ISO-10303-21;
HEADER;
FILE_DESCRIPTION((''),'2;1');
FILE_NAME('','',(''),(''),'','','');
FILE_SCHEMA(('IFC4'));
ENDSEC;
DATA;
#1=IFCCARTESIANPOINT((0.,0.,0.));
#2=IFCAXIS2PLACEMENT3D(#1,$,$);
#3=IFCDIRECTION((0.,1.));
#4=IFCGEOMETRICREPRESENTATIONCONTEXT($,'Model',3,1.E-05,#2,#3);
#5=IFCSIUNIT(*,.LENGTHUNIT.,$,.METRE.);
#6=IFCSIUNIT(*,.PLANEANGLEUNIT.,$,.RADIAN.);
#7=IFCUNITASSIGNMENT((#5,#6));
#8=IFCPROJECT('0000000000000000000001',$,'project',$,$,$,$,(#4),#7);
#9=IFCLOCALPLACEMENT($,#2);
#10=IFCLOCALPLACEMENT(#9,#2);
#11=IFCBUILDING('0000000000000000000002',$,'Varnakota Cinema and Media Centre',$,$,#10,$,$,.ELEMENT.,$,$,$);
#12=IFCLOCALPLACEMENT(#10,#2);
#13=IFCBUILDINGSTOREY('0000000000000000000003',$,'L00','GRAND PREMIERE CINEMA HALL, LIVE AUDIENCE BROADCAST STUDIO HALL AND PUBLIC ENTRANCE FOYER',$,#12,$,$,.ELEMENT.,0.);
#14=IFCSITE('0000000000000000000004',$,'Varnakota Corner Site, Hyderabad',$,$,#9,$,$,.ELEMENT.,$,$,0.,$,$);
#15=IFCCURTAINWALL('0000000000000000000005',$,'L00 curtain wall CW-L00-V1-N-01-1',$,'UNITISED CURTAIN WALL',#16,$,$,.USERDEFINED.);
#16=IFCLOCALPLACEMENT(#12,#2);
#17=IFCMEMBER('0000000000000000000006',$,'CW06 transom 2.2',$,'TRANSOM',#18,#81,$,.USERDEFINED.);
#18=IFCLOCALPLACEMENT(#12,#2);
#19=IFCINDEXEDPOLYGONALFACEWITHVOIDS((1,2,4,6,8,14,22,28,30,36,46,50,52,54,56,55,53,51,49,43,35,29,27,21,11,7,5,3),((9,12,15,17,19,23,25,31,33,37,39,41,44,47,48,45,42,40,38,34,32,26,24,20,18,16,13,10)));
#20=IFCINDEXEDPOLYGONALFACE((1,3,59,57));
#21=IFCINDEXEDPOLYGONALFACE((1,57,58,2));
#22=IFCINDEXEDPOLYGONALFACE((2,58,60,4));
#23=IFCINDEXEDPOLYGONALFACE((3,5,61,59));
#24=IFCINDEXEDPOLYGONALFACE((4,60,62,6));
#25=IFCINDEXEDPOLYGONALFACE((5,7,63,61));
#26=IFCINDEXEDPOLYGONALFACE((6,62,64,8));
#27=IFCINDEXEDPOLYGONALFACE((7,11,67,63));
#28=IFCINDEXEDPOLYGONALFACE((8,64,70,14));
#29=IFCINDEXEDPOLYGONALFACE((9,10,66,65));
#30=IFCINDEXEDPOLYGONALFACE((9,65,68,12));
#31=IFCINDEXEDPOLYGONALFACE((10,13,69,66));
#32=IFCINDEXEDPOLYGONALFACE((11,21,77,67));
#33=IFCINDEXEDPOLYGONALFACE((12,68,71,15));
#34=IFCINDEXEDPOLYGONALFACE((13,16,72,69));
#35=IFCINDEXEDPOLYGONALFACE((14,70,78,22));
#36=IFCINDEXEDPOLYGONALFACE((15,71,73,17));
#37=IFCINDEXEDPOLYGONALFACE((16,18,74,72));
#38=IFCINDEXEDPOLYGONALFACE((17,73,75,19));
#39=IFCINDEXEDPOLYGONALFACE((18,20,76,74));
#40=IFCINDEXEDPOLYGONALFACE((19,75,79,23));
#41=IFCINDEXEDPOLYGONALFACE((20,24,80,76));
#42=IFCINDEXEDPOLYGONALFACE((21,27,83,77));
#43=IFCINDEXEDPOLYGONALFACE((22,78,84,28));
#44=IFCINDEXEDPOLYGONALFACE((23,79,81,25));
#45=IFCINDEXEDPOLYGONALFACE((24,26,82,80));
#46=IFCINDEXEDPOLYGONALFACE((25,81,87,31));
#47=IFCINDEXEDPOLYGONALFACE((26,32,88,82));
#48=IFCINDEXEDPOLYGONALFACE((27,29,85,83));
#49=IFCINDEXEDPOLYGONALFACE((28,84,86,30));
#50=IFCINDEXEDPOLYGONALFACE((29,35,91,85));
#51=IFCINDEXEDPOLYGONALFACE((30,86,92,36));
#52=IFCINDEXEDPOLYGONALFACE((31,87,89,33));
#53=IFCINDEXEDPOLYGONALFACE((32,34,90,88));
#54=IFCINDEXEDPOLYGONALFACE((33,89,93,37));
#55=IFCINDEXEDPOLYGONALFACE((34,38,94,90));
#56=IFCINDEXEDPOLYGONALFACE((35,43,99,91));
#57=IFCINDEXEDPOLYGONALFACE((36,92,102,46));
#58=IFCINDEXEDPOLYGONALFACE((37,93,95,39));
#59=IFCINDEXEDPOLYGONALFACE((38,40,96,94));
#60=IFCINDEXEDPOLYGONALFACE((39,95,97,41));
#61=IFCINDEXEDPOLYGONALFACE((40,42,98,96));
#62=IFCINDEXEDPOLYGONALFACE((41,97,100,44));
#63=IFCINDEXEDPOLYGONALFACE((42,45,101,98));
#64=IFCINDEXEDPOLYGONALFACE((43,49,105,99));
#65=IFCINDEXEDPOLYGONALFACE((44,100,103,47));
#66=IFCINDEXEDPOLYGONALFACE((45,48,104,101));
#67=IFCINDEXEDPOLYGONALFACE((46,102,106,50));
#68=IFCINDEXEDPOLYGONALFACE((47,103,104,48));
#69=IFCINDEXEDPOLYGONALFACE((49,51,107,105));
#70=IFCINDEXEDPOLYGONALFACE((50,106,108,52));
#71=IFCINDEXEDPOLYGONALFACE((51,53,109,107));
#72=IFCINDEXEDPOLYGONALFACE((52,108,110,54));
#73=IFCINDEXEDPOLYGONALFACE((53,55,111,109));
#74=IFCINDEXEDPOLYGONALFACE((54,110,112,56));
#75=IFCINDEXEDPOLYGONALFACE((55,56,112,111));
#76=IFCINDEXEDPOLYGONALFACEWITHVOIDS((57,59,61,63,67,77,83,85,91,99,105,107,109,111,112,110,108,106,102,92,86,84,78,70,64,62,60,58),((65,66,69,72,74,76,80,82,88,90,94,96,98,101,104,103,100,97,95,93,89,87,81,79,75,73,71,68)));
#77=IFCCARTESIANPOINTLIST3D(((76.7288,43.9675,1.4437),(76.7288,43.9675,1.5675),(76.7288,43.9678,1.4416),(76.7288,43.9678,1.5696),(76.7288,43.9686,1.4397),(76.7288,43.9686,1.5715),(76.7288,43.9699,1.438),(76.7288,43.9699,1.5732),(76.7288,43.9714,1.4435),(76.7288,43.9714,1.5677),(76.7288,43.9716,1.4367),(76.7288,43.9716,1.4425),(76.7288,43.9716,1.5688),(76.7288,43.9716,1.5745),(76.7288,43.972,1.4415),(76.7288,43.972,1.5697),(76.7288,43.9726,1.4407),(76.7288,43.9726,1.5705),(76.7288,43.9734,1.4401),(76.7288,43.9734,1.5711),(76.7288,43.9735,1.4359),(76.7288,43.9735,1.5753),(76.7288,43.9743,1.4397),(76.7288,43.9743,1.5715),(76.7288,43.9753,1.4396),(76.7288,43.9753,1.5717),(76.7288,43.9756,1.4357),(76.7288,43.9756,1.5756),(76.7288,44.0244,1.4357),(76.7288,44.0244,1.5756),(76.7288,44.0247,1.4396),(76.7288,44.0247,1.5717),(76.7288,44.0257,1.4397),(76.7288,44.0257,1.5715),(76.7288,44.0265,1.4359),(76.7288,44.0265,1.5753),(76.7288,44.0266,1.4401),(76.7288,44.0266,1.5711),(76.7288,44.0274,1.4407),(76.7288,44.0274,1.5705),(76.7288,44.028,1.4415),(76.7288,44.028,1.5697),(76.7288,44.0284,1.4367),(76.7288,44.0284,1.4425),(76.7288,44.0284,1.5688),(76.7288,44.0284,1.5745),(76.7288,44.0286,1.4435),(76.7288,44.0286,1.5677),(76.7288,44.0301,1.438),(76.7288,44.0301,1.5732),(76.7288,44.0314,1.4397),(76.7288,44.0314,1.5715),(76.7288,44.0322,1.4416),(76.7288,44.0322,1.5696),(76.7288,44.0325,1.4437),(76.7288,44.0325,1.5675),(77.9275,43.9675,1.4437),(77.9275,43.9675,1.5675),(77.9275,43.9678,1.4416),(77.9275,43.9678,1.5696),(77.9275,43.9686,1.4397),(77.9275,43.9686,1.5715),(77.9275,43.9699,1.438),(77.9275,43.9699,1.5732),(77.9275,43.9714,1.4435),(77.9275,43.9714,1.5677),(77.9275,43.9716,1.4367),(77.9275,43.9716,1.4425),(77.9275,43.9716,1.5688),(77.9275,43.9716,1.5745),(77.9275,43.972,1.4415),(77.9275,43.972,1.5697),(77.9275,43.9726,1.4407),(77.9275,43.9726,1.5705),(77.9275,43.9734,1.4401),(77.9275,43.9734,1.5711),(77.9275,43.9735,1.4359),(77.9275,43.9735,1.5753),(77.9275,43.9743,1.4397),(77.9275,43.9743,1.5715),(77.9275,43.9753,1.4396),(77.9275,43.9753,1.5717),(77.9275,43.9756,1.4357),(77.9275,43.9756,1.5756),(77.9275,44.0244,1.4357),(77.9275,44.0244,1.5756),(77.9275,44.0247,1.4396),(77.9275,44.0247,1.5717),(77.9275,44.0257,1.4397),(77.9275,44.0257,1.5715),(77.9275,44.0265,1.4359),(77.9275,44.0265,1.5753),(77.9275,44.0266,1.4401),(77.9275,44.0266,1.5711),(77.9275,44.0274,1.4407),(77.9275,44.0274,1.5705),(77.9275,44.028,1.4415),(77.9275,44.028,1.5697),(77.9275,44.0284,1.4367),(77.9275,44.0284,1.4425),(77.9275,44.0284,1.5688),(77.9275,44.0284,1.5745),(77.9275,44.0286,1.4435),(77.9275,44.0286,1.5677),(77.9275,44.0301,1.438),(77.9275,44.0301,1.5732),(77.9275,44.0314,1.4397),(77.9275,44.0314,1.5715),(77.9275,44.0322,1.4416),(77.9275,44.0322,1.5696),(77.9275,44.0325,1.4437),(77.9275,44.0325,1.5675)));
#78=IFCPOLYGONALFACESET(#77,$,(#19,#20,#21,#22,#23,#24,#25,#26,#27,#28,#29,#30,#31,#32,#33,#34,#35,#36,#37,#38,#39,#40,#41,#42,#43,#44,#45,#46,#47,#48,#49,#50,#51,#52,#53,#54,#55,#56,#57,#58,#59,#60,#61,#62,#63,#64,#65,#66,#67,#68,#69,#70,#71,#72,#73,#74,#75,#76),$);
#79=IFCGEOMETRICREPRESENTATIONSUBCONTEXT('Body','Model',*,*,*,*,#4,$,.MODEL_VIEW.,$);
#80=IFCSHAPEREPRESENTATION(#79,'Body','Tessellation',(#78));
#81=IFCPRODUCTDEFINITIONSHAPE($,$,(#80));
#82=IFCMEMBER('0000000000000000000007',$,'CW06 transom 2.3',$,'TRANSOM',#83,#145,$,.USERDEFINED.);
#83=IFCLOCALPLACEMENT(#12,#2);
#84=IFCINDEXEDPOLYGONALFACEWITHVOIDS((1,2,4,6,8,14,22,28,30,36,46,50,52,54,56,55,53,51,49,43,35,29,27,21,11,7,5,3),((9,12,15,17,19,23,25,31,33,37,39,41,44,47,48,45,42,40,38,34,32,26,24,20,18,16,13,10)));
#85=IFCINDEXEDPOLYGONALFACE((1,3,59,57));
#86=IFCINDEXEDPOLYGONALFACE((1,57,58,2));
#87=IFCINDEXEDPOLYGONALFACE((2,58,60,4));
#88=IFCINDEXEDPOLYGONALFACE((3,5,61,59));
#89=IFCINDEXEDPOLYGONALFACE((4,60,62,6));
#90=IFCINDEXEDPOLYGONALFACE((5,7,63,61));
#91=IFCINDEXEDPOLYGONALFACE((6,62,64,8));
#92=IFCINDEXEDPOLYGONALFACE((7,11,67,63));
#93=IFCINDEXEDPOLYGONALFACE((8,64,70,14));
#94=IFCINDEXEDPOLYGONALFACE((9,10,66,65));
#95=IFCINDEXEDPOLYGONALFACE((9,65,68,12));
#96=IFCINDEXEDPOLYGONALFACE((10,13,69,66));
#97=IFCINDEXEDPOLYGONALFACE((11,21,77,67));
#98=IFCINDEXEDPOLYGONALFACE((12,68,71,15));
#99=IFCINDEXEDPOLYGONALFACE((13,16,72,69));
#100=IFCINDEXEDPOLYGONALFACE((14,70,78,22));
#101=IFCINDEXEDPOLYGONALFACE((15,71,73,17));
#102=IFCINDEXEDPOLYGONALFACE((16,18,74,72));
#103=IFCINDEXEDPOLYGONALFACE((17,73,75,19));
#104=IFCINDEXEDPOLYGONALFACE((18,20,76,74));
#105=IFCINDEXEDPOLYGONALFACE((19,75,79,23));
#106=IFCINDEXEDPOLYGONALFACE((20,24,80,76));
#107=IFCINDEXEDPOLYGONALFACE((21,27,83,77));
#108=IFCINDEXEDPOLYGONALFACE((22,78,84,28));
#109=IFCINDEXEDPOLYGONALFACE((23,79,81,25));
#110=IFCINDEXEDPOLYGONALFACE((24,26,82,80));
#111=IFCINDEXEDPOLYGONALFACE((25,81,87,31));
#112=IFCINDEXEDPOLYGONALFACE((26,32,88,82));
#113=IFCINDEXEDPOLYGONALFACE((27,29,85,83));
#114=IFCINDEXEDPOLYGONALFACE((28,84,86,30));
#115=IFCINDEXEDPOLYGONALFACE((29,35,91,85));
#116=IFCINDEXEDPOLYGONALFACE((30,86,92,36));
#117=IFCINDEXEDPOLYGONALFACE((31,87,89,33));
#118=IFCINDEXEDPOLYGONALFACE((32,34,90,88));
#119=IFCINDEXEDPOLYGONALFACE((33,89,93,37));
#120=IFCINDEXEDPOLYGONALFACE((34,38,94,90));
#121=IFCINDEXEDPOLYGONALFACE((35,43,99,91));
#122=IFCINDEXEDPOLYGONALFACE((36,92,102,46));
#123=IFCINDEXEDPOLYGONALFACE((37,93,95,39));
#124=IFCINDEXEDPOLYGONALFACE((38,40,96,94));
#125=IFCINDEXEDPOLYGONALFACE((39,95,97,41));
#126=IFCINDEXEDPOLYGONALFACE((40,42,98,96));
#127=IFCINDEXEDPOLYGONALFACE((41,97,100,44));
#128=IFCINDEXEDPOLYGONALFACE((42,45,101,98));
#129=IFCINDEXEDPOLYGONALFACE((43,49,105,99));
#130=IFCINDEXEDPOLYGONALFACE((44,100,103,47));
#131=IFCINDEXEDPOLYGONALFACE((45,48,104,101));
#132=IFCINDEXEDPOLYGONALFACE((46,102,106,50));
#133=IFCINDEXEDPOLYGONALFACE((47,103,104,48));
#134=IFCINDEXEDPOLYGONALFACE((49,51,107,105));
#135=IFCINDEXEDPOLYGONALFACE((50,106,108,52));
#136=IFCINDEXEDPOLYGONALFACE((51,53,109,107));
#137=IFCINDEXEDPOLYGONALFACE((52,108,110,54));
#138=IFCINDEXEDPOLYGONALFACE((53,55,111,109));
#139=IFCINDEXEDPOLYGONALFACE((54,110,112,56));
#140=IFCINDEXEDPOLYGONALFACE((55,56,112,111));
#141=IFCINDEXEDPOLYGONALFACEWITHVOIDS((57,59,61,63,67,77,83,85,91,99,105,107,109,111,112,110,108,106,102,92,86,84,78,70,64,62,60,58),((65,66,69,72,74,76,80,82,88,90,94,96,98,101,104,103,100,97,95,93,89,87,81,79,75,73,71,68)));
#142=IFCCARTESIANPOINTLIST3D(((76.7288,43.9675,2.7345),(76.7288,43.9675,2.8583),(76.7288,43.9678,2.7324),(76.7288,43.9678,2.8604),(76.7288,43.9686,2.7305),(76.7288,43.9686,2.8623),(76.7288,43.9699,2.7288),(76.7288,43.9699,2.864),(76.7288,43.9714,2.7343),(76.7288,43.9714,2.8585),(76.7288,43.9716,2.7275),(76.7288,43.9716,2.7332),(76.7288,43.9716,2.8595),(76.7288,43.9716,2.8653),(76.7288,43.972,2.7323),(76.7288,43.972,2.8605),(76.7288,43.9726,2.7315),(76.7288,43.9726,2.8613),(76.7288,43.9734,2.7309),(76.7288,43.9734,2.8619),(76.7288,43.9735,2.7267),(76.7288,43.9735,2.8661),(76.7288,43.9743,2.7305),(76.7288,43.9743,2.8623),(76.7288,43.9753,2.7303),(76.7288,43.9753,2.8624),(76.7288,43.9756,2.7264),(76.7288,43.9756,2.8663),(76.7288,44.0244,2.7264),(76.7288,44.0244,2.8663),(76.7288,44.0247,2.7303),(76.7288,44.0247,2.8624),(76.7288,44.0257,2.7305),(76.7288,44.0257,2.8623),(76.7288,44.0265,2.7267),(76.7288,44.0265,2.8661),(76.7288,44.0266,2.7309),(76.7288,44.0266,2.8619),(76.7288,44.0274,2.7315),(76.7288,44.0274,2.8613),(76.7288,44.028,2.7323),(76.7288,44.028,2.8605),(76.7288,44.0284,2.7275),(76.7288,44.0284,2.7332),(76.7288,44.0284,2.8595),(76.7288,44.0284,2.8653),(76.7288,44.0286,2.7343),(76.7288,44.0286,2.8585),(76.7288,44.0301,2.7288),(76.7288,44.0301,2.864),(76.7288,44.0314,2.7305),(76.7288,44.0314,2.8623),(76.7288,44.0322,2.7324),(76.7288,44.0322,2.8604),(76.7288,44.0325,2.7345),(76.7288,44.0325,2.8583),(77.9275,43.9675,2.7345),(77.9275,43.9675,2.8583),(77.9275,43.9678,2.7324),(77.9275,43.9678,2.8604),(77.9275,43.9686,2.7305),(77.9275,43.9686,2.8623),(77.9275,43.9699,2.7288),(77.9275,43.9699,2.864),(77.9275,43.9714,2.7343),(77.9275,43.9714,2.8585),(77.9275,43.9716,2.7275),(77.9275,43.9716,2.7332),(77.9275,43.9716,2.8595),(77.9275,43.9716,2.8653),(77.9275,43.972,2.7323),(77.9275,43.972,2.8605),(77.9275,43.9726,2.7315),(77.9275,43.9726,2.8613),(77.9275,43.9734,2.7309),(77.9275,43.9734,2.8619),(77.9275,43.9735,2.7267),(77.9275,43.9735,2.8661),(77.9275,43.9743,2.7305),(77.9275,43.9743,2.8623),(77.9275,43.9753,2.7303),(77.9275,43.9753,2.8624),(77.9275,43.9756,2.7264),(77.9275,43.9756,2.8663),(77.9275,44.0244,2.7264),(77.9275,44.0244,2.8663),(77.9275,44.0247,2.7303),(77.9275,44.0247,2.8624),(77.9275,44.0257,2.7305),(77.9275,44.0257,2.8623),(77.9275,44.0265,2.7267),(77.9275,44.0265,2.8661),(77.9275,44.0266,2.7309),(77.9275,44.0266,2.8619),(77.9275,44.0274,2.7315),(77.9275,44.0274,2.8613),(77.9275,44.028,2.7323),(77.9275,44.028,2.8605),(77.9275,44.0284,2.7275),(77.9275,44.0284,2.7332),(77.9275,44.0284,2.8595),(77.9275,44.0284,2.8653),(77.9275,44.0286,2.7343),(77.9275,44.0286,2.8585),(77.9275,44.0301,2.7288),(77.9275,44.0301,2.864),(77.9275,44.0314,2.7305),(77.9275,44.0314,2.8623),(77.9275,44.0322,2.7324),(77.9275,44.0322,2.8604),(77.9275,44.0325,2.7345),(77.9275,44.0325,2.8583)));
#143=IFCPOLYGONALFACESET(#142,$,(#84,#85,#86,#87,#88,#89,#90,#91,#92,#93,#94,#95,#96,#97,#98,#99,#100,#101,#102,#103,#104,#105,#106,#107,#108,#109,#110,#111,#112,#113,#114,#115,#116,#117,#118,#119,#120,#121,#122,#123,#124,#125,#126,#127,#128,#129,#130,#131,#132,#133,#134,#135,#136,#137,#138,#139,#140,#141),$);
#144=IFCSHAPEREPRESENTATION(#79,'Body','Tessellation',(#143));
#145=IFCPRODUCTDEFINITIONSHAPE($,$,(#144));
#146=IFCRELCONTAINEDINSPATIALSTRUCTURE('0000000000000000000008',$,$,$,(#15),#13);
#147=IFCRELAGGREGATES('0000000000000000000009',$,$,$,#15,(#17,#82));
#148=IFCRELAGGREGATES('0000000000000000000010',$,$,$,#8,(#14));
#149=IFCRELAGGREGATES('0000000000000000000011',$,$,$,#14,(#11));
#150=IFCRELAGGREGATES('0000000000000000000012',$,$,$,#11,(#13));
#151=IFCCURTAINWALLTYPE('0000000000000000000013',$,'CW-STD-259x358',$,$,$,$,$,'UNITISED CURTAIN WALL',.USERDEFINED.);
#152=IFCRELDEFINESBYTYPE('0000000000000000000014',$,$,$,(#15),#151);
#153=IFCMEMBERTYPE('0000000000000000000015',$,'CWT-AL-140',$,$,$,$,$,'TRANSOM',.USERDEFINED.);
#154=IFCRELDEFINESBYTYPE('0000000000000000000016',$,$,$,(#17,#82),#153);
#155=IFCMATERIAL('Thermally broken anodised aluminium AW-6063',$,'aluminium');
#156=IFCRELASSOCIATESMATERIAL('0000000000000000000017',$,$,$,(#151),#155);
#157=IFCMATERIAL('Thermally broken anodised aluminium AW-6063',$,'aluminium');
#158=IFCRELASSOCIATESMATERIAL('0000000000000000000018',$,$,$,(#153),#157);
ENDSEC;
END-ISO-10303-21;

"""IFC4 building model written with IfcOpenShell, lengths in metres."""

from ifc_helpers import new_model, si_unit, direction, frame, origin, origin_2d, place, context, subcontext, project, spatial, hollow_rectangle, extrude, material, material_profile, profile_set, type_object, element, aggregate, save


model = new_model("IFC4")

# Units and contexts
model_context = context("Model", 3, precision=1e-05, world=origin(), true_north=direction((0.0, 1.0)))
body_context = subcontext(model_context, "Body", "Model", "MODEL_VIEW")
ifc_project = project(units=[si_unit("LENGTHUNIT", "METRE"), si_unit("PLANEANGLEUNIT", "RADIAN")], contexts=[model_context])

# Site, building, storey
site_placement = place(None, origin())
site = spatial("IfcSite", under=ifc_project, at=site_placement, Name="Varnakota Corner Site, Hyderabad", CompositionType="ELEMENT", RefElevation=0.0)
building_placement = place(site_placement, origin())
building = spatial("IfcBuilding", under=site, at=building_placement, Name="Varnakota Cinema and Media Centre", CompositionType="ELEMENT")
storey_placement = place(building_placement, origin())
storey = spatial("IfcBuildingStorey", under=building, at=storey_placement, Name="L00", Description="GRAND PREMIERE CINEMA HALL, LIVE AUDIENCE BROADCAST STUDIO HALL AND PUBLIC ENTRANCE FOYER", CompositionType="ELEMENT", Elevation=0.0)

# Curtain wall
ifc_material_1 = material(Name="Thermally broken anodised aluminium AW-6063", Category="aluminium")
curtain_wall_type_1 = type_object("IfcCurtainWallType", Name="CW-STD-259x358", ElementType="UNITISED CURTAIN WALL", PredefinedType="USERDEFINED", material=ifc_material_1)
curtain_wall_1_placement = place(storey_placement, origin())
curtain_wall_1 = element("IfcCurtainWall", 1, at=curtain_wall_1_placement, inside=storey, type_object=curtain_wall_type_1, Name="L00 curtain wall CW-L00-V1-N-01-1", ObjectType="UNITISED CURTAIN WALL", PredefinedType="USERDEFINED")

# Members
ifc_material_2 = material(Name="Thermally broken anodised aluminium AW-6063", Category="aluminium")
ifc_material_profile_1 = material_profile(ifc_material_2, hollow_rectangle(XDim=0.0649, YDim=0.1399, WallThickness=0.0039, InnerFilletRadius=0.0039, OuterFilletRadius=0.0081, at=origin_2d()), Name="AL-TRANSOM 140x65x4")
ifc_profile_set_1 = profile_set([ifc_material_profile_1], Name="Thermally broken anodised aluminium AW-6063")
member_type_1 = type_object("IfcMemberType", Name="CWT-AL-140", ElementType="TRANSOM", PredefinedType="USERDEFINED", material=ifc_profile_set_1)
member_1_placement = place(storey_placement, frame((76.7288, 44.0, 1.5056), z_axis=(1.0, 0.0, 0.0), x_axis=(0.0, 1.0, 0.0)))
member_1 = element("IfcMember", 2, at=member_1_placement, type_object=member_type_1, Name="CW06 transom 2.2", ObjectType="TRANSOM", PredefinedType="USERDEFINED", context=body_context, shape_type="SweptSolid", body=[
    extrude(hollow_rectangle(XDim=0.0649, YDim=0.1399, WallThickness=0.0039, InnerFilletRadius=0.0039, OuterFilletRadius=0.0081, at=origin_2d()), origin(), (0.0, 0.0, 1.0), 1.1987),
])
member_2_placement = place(storey_placement, frame((76.7288, 44.0, 2.7964), z_axis=(1.0, 0.0, 0.0), x_axis=(0.0, 1.0, 0.0)))
member_2 = element("IfcMember", 3, at=member_2_placement, type_object=member_type_1, Name="CW06 transom 2.3", ObjectType="TRANSOM", PredefinedType="USERDEFINED", context=body_context, shape_type="SweptSolid", body=[
    extrude(hollow_rectangle(XDim=0.0649, YDim=0.1399, WallThickness=0.0039, InnerFilletRadius=0.0039, OuterFilletRadius=0.0081, at=origin_2d()), origin(), (0.0, 0.0, 1.0), 1.1987),
])

aggregate(curtain_wall_1, [member_1, member_2])

save(model, "model.ifc")
